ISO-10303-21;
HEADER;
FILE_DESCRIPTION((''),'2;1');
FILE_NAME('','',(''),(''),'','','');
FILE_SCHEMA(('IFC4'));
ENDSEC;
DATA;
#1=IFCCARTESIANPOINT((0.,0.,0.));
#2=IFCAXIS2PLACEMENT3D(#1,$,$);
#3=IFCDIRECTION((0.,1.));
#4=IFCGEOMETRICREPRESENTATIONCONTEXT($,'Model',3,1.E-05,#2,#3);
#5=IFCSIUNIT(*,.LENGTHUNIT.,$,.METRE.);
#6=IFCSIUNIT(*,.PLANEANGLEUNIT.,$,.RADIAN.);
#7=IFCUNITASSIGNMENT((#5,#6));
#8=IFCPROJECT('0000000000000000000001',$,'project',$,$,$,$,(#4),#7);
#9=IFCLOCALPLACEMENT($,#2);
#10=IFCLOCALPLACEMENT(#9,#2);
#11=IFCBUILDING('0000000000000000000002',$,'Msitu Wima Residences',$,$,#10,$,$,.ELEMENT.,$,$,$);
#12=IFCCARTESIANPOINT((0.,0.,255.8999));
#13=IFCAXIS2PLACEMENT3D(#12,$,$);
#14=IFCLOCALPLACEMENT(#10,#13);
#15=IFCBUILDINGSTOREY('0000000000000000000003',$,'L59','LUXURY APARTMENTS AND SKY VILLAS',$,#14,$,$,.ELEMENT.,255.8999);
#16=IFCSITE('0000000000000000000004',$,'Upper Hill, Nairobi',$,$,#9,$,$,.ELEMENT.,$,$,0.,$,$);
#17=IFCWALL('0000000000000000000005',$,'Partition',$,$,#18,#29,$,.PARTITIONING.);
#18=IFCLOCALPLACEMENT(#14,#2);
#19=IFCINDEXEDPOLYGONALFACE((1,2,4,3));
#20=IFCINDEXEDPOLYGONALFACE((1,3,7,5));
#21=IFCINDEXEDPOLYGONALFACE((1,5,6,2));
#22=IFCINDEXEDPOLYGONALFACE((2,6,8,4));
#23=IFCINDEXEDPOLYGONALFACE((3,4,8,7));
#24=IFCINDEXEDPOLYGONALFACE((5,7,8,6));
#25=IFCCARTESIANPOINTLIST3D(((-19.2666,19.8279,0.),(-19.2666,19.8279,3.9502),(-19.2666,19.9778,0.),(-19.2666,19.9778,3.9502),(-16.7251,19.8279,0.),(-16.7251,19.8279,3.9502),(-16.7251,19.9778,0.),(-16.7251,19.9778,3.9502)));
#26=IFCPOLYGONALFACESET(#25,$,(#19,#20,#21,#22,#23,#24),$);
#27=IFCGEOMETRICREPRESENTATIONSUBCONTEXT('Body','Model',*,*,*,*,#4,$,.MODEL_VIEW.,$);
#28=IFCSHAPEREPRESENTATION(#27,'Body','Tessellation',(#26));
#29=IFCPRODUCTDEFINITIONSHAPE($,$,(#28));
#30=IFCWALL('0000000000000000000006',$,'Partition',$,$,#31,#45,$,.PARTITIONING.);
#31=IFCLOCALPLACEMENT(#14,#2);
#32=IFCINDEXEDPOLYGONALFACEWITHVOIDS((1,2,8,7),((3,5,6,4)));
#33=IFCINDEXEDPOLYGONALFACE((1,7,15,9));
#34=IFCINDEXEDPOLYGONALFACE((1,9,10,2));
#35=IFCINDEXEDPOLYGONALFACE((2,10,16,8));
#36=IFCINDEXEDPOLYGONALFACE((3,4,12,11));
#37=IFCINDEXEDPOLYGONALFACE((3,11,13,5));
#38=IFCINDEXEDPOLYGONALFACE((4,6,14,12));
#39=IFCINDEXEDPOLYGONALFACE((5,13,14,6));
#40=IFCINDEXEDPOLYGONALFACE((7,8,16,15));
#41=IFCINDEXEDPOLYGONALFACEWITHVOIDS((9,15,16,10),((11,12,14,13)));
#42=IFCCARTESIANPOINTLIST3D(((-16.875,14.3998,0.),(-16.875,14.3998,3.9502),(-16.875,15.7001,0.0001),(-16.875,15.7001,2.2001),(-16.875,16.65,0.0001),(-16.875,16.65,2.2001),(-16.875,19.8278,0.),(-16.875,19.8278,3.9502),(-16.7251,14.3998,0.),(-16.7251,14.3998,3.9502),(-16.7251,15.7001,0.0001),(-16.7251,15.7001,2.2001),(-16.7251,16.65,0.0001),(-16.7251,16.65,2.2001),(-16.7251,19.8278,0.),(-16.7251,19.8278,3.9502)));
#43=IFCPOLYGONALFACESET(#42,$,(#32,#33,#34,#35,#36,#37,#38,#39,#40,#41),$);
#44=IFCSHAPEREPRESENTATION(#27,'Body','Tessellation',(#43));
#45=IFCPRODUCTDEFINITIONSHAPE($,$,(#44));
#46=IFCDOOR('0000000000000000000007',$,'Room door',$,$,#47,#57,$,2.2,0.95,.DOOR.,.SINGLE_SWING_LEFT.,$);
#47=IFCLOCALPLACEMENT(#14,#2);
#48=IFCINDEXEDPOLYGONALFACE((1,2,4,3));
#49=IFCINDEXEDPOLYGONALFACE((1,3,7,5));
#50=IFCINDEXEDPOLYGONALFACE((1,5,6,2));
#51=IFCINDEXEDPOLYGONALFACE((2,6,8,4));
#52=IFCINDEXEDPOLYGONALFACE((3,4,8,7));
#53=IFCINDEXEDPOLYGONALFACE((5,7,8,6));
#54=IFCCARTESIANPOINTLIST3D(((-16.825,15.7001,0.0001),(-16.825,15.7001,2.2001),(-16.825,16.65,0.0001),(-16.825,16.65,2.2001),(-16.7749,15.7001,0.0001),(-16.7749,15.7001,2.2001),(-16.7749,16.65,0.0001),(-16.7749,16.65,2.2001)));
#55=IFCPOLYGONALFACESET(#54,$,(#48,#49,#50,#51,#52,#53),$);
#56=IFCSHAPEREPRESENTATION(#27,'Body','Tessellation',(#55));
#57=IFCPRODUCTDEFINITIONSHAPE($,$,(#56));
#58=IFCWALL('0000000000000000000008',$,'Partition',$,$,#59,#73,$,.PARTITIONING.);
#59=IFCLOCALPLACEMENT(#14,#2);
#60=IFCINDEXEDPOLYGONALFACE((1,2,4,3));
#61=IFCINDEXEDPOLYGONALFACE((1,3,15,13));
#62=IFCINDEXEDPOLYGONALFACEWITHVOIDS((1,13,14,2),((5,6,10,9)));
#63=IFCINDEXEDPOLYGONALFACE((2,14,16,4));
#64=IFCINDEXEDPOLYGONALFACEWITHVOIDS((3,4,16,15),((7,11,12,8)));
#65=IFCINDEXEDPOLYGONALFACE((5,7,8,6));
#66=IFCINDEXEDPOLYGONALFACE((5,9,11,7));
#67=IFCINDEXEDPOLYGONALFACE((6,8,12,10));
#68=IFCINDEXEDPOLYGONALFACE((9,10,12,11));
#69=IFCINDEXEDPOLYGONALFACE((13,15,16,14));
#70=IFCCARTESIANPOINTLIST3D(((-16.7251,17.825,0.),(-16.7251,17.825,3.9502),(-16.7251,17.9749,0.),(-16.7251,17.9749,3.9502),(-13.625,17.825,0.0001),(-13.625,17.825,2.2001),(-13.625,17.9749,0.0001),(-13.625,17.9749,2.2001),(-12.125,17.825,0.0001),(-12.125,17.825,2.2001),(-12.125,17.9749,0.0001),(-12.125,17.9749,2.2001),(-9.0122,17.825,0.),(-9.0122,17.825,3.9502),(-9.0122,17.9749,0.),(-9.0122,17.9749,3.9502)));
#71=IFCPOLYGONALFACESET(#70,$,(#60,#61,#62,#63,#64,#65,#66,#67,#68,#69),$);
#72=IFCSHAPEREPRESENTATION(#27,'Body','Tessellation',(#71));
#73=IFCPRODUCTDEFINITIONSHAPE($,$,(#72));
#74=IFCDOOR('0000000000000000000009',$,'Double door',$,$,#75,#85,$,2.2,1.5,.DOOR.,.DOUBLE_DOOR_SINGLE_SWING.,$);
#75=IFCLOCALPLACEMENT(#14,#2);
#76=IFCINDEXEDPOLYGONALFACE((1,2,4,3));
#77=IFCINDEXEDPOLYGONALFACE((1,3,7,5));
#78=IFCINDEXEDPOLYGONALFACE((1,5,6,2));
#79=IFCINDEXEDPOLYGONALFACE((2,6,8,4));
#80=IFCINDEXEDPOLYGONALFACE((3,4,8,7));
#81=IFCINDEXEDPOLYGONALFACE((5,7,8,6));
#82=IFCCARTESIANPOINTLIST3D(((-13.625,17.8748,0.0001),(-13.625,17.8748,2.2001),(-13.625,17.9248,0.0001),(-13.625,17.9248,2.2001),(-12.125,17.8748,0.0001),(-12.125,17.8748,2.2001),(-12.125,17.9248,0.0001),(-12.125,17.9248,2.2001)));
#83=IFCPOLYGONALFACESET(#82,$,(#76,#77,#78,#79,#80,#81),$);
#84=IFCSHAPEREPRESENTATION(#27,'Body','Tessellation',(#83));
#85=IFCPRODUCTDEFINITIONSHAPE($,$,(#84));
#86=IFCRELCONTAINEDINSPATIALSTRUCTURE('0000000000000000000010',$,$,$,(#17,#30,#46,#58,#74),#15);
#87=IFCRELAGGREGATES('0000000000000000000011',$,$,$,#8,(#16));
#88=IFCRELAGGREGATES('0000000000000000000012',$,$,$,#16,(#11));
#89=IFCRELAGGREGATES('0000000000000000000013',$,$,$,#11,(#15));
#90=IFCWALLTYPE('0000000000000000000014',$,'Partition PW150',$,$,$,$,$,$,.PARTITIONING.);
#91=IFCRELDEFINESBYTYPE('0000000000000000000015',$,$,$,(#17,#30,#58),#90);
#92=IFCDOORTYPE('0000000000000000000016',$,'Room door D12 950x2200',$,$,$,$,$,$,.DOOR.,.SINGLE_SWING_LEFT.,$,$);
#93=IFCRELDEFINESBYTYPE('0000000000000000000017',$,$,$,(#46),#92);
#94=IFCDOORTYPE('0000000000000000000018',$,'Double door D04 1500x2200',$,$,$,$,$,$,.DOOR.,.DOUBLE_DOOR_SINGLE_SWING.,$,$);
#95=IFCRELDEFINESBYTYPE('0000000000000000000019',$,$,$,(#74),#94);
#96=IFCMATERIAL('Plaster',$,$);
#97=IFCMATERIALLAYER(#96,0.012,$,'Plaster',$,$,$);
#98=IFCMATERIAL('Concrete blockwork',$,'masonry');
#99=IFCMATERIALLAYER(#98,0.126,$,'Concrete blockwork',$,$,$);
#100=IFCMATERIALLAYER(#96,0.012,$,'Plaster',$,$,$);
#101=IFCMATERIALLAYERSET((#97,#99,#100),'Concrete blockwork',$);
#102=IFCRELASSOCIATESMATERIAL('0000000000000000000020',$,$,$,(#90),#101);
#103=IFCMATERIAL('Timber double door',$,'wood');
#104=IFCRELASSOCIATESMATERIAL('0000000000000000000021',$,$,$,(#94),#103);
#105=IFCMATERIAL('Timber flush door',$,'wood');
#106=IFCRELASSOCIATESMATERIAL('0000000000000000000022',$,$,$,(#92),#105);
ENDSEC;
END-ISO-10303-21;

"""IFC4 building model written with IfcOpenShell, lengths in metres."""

from ifc_helpers import new_model, si_unit, direction, frame, frame_2d, origin, place, context, subcontext, project, spatial, rectangle, extrude, material, layer, layer_set, type_object, element, fill, save


model = new_model("IFC4")

# Units and contexts
model_context = context("Model", 3, precision=1e-05, world=origin(), true_north=direction((0.0, 1.0)))
body_context = subcontext(model_context, "Body", "Model", "MODEL_VIEW")
ifc_project = project(units=[si_unit("LENGTHUNIT", "METRE"), si_unit("PLANEANGLEUNIT", "RADIAN")], contexts=[model_context])

# Site, building, storey
site_placement = place(None, origin())
site = spatial("IfcSite", under=ifc_project, at=site_placement, Name="Upper Hill, Nairobi", CompositionType="ELEMENT", RefElevation=0.0)
building_placement = place(site_placement, origin())
building = spatial("IfcBuilding", under=site, at=building_placement, Name="Msitu Wima Residences", CompositionType="ELEMENT")
storey_placement = place(building_placement, frame((0.0, 0.0, 255.8999)))
storey = spatial("IfcBuildingStorey", under=building, at=storey_placement, Name="L59", Description="LUXURY APARTMENTS AND SKY VILLAS", CompositionType="ELEMENT", Elevation=255.8999)

# Shared definitions
ifc_material_1 = material(Name="Plaster")
ifc_material_2 = material(Name="Concrete blockwork", Category="masonry")
ifc_layer_1 = layer(ifc_material_1, 0.012, Name="Plaster")
ifc_layer_2 = layer(ifc_material_2, 0.126, Name="Concrete blockwork")
ifc_layer_3 = layer(ifc_material_1, 0.012, Name="Plaster")
ifc_layer_set_1 = layer_set([ifc_layer_1, ifc_layer_2, ifc_layer_3], Name="Concrete blockwork")
wall_type_1 = type_object("IfcWallType", Name="Partition PW150", PredefinedType="PARTITIONING", material=ifc_layer_set_1)

# Shared definitions
ifc_material_3 = material(Name="Timber double door", Category="wood")
door_type_1 = type_object("IfcDoorType", Name="Double door D04 1500x2200", OperationType="DOUBLE_DOOR_SINGLE_SWING", PredefinedType="DOOR", material=ifc_material_3)

# Wall
wall_1_placement = place(storey_placement, frame((-19.2666, 19.9028, 0.0), z_axis=(0.0, 0.0, 1.0), x_axis=(1.0, 0.0, 0.0)))
element("IfcWall", 1, at=wall_1_placement, inside=storey, type_object=wall_type_1, Name="Partition", PredefinedType="PARTITIONING", context=body_context, shape_type="SweptSolid", body=[
    extrude(rectangle(XDim=2.5415, YDim=0.1499, at=frame_2d((1.2708, 0.0))), origin(), (0.0, 0.0, 1.0), 3.9502),
])

# Walls, openings, doors
wall_2_placement = place(storey_placement, frame((-16.8, 14.3999, 0.0), z_axis=(0.0, 0.0, 1.0), x_axis=(0.0, 1.0, 0.0)))
wall_2 = element("IfcWall", 2, at=wall_2_placement, inside=storey, type_object=wall_type_1, Name="Partition", PredefinedType="PARTITIONING", context=body_context, shape_type="SweptSolid", body=[
    extrude(rectangle(XDim=5.428, YDim=0.1499, at=frame_2d((2.7139, 0.0))), origin(), (0.0, 0.0, 1.0), 3.9502),
])
opening_1_placement = place(wall_2_placement, frame((1.3, 0.0, 0.0)))
opening_1 = element("IfcOpeningElement", 3, at=opening_1_placement, cuts=wall_2, PredefinedType="OPENING", context=body_context, shape_type="SweptSolid", body=[
    extrude(rectangle(XDim=0.95, YDim=2.2, at=frame_2d((0.4751, 1.1001))), frame((0.0, 0.085, 0.0), z_axis=(0.0, -1.0, 0.0), x_axis=(1.0, 0.0, 0.0)), (0.0, 0.0, 1.0), 0.1699),
])
ifc_material_4 = material(Name="Timber flush door", Category="wood")
door_type_2 = type_object("IfcDoorType", Name="Room door D12 950x2200", OperationType="SINGLE_SWING_LEFT", PredefinedType="DOOR", material=ifc_material_4)
door_1_placement = place(opening_1_placement, origin())
door_1 = element("IfcDoor", 4, at=door_1_placement, inside=storey, type_object=door_type_2, Name="Room door", OperationType="SINGLE_SWING_LEFT", OverallHeight=2.2, OverallWidth=0.95, PredefinedType="DOOR", context=body_context, shape_type="SweptSolid", body=[
    extrude(rectangle(XDim=0.95, YDim=2.2, at=frame_2d((0.4751, 1.1001))), frame((0.0, 0.0249, 0.0), z_axis=(0.0, -1.0, 0.0), x_axis=(1.0, 0.0, 0.0)), (0.0, 0.0, 1.0), 0.05),
])
fill(opening_1, door_1)
wall_3_placement = place(storey_placement, frame((-16.7251, 17.8999, 0.0), z_axis=(0.0, 0.0, 1.0), x_axis=(1.0, 0.0, 0.0)))
wall_3 = element("IfcWall", 5, at=wall_3_placement, inside=storey, type_object=wall_type_1, Name="Partition", PredefinedType="PARTITIONING", context=body_context, shape_type="SweptSolid", body=[
    extrude(rectangle(XDim=7.7129, YDim=0.1499, at=frame_2d((3.8564, 0.0))), origin(), (0.0, 0.0, 1.0), 3.9502),
])
opening_2_placement = place(wall_3_placement, frame((3.1001, 0.0, 0.0)))
opening_2 = element("IfcOpeningElement", 6, at=opening_2_placement, cuts=wall_3, PredefinedType="OPENING", context=body_context, shape_type="SweptSolid", body=[
    extrude(rectangle(XDim=1.5, YDim=2.2, at=frame_2d((0.75, 1.1001))), frame((0.0, 0.085, 0.0), z_axis=(0.0, -1.0, 0.0), x_axis=(1.0, 0.0, 0.0)), (0.0, 0.0, 1.0), 0.1699),
])
door_2_placement = place(opening_2_placement, origin())
door_2 = element("IfcDoor", 7, at=door_2_placement, inside=storey, type_object=door_type_1, Name="Double door", OperationType="DOUBLE_DOOR_SINGLE_SWING", OverallHeight=2.2, OverallWidth=1.5, PredefinedType="DOOR", context=body_context, shape_type="SweptSolid", body=[
    extrude(rectangle(XDim=1.5, YDim=2.2, at=frame_2d((0.75, 1.1001))), frame((0.0, 0.0249, 0.0), z_axis=(0.0, -1.0, 0.0), x_axis=(1.0, 0.0, 0.0)), (0.0, 0.0, 1.0), 0.05),
])
fill(opening_2, door_2)

save(model, "model.ifc")
